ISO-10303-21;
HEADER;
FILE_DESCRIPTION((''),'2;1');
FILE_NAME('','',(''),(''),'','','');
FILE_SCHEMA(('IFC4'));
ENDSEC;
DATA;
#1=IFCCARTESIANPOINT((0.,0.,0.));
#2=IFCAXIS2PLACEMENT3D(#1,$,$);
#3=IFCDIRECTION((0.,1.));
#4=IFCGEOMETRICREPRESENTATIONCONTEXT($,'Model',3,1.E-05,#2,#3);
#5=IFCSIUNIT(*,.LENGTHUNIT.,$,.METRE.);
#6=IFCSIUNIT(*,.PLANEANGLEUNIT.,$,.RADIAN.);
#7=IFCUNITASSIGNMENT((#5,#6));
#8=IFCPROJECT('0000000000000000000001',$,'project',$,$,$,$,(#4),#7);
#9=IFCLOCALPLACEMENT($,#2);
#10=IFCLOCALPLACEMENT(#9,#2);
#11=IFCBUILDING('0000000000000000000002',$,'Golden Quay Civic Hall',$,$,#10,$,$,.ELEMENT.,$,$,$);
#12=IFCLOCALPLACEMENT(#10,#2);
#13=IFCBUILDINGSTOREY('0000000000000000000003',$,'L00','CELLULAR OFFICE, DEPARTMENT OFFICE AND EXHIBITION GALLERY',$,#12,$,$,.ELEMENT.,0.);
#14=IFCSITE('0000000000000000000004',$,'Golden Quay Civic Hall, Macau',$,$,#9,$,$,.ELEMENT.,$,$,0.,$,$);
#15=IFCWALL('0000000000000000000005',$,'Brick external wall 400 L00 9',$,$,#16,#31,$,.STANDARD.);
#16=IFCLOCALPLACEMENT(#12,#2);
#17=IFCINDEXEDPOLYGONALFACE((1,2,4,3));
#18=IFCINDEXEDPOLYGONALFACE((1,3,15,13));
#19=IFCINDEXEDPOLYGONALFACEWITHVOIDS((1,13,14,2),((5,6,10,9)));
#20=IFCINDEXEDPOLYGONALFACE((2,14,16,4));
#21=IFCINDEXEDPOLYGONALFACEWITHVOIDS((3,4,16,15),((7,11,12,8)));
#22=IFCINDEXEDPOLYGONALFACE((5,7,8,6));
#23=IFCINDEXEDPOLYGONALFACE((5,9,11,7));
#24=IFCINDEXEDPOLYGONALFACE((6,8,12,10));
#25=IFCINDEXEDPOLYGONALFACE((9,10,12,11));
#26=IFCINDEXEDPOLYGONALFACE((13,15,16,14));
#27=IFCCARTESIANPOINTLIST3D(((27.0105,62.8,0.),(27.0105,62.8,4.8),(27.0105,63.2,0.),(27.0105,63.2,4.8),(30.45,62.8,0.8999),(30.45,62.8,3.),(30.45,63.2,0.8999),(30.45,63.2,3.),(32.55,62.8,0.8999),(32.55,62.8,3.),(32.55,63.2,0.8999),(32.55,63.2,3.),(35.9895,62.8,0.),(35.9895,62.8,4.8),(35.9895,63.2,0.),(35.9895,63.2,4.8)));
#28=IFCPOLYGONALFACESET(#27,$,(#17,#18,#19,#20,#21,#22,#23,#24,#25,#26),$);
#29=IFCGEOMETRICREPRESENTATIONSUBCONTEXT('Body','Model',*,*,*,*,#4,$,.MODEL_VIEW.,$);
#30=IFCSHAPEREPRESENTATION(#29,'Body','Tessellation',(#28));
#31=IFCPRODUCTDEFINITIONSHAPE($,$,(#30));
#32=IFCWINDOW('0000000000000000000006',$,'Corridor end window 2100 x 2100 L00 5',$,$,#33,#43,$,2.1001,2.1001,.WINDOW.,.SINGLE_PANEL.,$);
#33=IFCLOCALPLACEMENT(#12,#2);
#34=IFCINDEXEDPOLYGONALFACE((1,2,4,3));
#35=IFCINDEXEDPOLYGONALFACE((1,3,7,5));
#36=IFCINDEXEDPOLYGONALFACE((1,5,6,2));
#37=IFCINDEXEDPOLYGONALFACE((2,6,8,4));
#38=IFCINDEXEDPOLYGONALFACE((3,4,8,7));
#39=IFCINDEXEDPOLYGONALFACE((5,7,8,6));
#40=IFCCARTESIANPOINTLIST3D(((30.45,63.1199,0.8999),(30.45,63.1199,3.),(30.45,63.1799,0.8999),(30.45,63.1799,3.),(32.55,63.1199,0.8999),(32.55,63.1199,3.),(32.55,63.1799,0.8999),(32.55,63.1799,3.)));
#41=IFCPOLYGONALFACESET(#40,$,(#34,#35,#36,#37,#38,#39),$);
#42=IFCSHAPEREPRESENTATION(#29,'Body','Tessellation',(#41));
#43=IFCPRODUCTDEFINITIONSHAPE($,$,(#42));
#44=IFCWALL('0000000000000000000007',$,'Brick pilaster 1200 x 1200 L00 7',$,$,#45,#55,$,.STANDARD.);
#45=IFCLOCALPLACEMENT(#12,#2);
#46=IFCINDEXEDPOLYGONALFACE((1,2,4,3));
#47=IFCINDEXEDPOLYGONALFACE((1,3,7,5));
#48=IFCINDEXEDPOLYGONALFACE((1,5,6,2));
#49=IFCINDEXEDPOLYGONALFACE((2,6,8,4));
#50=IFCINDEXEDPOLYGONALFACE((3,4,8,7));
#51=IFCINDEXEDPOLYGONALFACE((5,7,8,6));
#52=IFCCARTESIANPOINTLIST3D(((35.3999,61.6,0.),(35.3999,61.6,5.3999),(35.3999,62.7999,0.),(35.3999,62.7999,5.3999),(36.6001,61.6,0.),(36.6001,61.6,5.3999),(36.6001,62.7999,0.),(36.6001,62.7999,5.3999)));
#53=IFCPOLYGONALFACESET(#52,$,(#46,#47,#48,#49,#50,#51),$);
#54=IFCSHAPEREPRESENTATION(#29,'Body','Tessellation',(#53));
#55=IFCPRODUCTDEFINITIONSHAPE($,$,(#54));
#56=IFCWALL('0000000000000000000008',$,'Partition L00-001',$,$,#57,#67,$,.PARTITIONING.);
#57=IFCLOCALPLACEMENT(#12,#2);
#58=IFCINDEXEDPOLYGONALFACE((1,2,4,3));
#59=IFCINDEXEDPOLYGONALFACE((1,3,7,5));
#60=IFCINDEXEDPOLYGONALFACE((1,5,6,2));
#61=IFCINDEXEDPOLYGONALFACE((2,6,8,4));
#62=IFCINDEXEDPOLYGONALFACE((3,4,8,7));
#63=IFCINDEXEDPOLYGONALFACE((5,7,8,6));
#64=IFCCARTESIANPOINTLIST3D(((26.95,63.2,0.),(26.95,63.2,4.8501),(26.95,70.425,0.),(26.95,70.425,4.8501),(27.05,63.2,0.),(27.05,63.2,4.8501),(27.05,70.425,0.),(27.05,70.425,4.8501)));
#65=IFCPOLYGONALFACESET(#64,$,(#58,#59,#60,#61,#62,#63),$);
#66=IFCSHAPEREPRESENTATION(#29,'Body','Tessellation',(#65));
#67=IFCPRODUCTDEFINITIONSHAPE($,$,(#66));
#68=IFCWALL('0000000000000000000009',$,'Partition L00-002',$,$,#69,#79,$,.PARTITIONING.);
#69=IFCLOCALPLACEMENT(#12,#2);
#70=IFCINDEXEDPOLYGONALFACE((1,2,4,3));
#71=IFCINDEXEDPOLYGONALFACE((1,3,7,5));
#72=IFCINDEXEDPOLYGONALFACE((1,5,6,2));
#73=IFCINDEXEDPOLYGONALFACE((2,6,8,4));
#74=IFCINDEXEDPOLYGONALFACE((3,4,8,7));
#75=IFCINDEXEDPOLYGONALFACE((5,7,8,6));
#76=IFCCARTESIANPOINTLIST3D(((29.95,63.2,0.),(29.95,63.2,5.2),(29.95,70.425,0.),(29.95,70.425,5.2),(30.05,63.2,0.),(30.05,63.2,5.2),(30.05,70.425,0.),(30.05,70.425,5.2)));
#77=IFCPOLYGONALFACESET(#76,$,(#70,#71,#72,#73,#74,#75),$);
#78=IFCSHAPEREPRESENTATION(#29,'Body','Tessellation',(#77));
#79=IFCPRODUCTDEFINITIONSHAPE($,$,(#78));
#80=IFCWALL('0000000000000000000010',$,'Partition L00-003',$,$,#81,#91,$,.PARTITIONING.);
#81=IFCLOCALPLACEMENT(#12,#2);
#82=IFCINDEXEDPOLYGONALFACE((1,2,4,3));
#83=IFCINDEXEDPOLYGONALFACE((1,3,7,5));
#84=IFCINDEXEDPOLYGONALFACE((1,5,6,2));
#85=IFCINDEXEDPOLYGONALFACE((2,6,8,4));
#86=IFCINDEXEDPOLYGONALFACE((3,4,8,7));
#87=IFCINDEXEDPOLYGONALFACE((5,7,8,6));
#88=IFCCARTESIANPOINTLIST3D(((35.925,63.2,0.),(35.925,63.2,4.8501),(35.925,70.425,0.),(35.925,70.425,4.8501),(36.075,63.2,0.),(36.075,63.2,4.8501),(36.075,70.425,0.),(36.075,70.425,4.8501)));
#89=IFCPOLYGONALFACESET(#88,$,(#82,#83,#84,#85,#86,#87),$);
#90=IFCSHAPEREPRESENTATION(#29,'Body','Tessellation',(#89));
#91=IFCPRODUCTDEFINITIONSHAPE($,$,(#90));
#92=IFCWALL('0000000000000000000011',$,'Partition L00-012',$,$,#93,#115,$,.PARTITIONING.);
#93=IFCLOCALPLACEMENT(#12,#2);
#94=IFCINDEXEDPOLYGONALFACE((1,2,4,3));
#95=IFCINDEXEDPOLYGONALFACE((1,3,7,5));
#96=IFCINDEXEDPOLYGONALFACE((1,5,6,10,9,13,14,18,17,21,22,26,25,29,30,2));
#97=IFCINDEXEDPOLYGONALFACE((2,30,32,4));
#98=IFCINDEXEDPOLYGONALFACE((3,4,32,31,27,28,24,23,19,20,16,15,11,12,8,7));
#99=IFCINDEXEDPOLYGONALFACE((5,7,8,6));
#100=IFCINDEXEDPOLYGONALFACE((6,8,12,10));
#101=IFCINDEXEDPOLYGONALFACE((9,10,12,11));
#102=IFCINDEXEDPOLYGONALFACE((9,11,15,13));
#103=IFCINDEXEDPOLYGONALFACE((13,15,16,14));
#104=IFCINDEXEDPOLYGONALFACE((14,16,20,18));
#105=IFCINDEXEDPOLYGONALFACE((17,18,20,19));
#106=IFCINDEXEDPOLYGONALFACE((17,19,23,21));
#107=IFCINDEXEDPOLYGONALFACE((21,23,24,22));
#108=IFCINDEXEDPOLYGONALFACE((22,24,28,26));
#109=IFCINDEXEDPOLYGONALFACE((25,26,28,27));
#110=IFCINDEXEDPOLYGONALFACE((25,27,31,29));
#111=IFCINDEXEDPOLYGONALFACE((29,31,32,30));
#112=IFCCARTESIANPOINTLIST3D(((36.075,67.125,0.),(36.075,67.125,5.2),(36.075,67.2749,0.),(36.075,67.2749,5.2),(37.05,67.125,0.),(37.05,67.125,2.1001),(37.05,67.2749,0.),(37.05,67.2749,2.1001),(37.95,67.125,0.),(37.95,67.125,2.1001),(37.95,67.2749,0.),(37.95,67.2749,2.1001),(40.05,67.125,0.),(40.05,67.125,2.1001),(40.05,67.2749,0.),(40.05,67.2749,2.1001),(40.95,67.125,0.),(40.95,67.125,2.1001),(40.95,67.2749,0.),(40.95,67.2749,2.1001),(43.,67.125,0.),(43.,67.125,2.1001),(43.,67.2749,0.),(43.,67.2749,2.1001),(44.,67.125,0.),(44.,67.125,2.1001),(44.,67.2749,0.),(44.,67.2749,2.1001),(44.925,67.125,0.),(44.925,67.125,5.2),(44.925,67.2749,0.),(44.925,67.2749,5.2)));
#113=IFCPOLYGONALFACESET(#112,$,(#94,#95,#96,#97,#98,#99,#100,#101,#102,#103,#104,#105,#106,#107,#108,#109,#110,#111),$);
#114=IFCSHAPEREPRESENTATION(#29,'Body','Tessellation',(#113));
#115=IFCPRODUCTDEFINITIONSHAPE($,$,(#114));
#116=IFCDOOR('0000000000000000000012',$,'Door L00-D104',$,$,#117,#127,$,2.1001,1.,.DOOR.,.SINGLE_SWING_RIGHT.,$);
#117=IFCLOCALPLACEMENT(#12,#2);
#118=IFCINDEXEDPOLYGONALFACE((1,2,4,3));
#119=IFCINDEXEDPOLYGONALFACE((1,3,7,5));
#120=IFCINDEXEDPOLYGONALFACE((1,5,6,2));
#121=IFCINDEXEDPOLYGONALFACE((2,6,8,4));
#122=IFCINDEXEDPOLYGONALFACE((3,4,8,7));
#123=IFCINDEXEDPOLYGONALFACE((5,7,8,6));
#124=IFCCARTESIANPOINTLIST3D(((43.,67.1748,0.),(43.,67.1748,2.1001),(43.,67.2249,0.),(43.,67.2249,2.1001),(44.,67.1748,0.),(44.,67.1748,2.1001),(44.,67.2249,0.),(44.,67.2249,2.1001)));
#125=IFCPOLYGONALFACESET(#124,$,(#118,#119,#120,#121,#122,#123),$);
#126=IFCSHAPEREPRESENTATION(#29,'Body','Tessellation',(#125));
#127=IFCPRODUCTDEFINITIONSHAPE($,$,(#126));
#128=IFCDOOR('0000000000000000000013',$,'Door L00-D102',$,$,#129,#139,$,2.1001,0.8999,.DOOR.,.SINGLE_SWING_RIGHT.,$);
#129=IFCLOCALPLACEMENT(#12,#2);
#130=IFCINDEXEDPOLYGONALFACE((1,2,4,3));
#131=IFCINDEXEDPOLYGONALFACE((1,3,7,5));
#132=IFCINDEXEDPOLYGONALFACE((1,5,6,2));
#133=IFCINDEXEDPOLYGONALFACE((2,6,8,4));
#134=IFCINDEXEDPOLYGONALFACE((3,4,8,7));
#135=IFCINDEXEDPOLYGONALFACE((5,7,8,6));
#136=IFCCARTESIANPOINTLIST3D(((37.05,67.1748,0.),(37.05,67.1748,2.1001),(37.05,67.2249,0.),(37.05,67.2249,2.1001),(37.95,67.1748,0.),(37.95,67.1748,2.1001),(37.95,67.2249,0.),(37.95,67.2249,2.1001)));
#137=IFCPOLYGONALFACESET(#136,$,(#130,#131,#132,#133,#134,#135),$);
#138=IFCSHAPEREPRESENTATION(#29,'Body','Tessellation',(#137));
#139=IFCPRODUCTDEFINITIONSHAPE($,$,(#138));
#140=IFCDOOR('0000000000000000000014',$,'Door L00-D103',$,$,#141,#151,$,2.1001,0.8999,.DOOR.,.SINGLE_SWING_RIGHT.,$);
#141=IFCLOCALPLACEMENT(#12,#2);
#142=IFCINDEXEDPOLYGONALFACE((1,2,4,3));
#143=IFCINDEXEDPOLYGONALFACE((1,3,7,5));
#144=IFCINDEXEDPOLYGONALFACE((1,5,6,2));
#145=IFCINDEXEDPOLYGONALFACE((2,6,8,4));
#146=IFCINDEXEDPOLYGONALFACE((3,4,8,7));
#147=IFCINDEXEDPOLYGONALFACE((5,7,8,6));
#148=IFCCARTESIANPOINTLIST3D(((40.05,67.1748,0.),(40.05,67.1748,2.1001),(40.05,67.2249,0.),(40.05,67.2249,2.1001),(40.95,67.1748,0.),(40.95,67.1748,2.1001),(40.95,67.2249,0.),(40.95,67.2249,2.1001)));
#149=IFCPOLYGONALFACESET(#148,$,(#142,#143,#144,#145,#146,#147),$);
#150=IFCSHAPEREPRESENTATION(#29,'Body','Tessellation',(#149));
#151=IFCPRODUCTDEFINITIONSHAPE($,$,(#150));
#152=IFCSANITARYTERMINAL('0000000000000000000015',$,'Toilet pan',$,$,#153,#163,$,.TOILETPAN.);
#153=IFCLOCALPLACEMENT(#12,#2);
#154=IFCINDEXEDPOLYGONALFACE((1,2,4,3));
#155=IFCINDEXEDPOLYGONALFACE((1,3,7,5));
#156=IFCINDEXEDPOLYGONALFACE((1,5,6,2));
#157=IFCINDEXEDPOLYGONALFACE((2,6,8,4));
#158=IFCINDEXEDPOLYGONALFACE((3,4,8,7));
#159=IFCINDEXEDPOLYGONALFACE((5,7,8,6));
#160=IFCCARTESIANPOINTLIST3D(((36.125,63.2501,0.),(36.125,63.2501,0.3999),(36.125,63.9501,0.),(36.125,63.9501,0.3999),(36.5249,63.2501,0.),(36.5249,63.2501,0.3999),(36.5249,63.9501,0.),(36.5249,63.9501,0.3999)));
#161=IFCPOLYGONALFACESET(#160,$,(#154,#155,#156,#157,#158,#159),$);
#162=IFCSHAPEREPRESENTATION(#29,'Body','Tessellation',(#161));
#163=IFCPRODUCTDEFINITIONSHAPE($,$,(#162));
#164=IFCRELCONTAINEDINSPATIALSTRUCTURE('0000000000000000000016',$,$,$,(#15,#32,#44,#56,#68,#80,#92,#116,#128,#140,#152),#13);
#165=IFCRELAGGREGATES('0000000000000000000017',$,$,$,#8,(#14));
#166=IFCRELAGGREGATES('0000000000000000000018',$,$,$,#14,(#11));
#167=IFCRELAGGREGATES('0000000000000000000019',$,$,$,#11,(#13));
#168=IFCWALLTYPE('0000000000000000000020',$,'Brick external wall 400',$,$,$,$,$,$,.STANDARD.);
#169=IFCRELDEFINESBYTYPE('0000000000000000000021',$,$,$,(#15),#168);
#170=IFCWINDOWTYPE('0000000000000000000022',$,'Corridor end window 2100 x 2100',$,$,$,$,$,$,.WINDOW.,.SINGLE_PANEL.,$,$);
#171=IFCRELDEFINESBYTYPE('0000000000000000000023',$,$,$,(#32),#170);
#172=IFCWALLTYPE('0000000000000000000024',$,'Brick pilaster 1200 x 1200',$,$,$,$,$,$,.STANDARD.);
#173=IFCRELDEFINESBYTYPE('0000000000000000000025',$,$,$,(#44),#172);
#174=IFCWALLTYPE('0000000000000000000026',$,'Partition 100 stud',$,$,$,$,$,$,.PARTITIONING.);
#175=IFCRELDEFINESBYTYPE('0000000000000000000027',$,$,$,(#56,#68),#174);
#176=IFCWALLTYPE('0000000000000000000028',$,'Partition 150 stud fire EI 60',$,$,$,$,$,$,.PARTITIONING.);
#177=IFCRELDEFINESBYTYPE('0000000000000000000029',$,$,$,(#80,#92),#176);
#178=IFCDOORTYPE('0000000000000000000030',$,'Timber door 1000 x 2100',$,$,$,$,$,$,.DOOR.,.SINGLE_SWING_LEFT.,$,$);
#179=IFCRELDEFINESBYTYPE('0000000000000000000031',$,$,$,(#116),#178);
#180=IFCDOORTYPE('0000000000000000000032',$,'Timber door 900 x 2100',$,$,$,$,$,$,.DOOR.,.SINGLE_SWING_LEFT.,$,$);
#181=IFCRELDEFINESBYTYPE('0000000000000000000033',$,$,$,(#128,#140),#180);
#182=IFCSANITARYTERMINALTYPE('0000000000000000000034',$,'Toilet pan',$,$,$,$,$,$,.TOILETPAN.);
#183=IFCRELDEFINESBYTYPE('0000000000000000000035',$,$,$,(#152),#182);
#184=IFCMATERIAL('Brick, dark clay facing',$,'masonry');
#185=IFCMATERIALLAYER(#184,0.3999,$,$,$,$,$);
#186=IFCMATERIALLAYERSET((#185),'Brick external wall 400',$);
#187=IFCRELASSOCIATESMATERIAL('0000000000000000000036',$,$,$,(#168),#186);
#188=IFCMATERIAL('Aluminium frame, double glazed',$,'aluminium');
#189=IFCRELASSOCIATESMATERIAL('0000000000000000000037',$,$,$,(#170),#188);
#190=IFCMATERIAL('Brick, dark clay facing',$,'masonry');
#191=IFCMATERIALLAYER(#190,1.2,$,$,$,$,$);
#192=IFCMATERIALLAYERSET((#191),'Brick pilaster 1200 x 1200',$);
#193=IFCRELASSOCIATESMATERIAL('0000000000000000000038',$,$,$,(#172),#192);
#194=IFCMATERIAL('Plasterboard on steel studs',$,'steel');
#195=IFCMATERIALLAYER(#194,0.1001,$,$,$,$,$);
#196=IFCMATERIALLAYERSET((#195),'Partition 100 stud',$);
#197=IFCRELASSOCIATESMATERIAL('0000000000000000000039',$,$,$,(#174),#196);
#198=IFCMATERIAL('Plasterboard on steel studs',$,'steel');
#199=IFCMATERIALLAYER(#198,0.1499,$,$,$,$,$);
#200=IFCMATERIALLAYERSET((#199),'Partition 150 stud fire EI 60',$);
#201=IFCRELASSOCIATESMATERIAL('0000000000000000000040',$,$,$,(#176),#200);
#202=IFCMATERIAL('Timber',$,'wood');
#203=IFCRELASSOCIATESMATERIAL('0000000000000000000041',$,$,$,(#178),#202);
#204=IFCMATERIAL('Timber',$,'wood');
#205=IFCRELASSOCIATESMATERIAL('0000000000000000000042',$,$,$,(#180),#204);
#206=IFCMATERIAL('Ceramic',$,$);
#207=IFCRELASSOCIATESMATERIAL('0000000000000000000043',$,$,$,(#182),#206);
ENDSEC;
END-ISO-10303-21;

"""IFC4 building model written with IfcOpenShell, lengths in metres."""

from ifc_helpers import new_model, si_unit, direction, frame, frame_2d, origin, origin_2d, place, context, subcontext, project, spatial, rectangle, extrude, material, layer, layer_set, type_object, element, fill, save


model = new_model("IFC4")

# Units and contexts
model_context = context("Model", 3, precision=1e-05, world=origin(), true_north=direction((0.0, 1.0)))
body_context = subcontext(model_context, "Body", "Model", "MODEL_VIEW")
ifc_project = project(units=[si_unit("LENGTHUNIT", "METRE"), si_unit("PLANEANGLEUNIT", "RADIAN")], contexts=[model_context])

# Site, building, storey
site_placement = place(None, origin())
site = spatial("IfcSite", under=ifc_project, at=site_placement, Name="Golden Quay Civic Hall, Macau", CompositionType="ELEMENT", RefElevation=0.0)
building_placement = place(site_placement, origin())
building = spatial("IfcBuilding", under=site, at=building_placement, Name="Golden Quay Civic Hall", CompositionType="ELEMENT")
storey_placement = place(building_placement, origin())
storey = spatial("IfcBuildingStorey", under=building, at=storey_placement, Name="L00", Description="CELLULAR OFFICE, DEPARTMENT OFFICE AND EXHIBITION GALLERY", CompositionType="ELEMENT", Elevation=0.0)

# Shared definitions
ifc_material_1 = material(Name="Brick, dark clay facing", Category="masonry")
ifc_layer_1 = layer(ifc_material_1, 0.3999)
ifc_layer_set_1 = layer_set([ifc_layer_1], Name="Brick external wall 400")
wall_type_1 = type_object("IfcWallType", Name="Brick external wall 400", PredefinedType="STANDARD", material=ifc_layer_set_1)

# Wall, opening, window
wall_1_placement = place(storey_placement, frame((35.9895, 63.0, 0.0), z_axis=(0.0, 0.0, 1.0), x_axis=(-1.0, 0.0, 0.0)))
wall_1 = element("IfcWall", 1, at=wall_1_placement, inside=storey, type_object=wall_type_1, Name="Brick external wall 400 L00 9", PredefinedType="STANDARD", context=body_context, shape_type="SweptSolid", body=[
    extrude(rectangle(XDim=8.979, YDim=0.3999, at=frame_2d((4.4895, 0.0))), origin(), (0.0, 0.0, 1.0), 4.8),
])
opening_1_placement = place(wall_1_placement, frame((3.4395, 0.0, 0.8999)))
opening_1 = element("IfcOpeningElement", 2, at=opening_1_placement, cuts=wall_1, PredefinedType="OPENING", context=body_context, shape_type="SweptSolid", body=[
    extrude(rectangle(XDim=2.1001, YDim=2.1001, at=frame_2d((1.05, 1.05))), frame((0.0, 0.21, 0.0), z_axis=(0.0, -1.0, 0.0), x_axis=(1.0, 0.0, 0.0)), (0.0, 0.0, 1.0), 0.4199),
])
ifc_material_2 = material(Name="Aluminium frame, double glazed", Category="aluminium")
window_type_1 = type_object("IfcWindowType", Name="Corridor end window 2100 x 2100", PartitioningType="SINGLE_PANEL", PredefinedType="WINDOW", material=ifc_material_2)
window_1_placement = place(opening_1_placement, origin())
window_1 = element("IfcWindow", 3, at=window_1_placement, inside=storey, type_object=window_type_1, Name="Corridor end window 2100 x 2100 L00 5", OverallHeight=2.1001, OverallWidth=2.1001, PartitioningType="SINGLE_PANEL", PredefinedType="WINDOW", context=body_context, shape_type="SweptSolid", body=[
    extrude(rectangle(XDim=2.1001, YDim=2.1001, at=frame_2d((1.05, 1.05))), frame((0.0, -0.1199, 0.0), z_axis=(0.0, -1.0, 0.0), x_axis=(1.0, 0.0, 0.0)), (0.0, 0.0, 1.0), 0.0601),
])
fill(opening_1, window_1)

# Walls
ifc_material_3 = material(Name="Brick, dark clay facing", Category="masonry")
ifc_layer_2 = layer(ifc_material_3, 1.2)
ifc_layer_set_2 = layer_set([ifc_layer_2], Name="Brick pilaster 1200 x 1200")
wall_type_2 = type_object("IfcWallType", Name="Brick pilaster 1200 x 1200", PredefinedType="STANDARD", material=ifc_layer_set_2)
wall_2_placement = place(storey_placement, frame((35.3999, 62.2, 0.0), z_axis=(0.0, 0.0, 1.0), x_axis=(1.0, 0.0, 0.0)))
element("IfcWall", 4, at=wall_2_placement, inside=storey, type_object=wall_type_2, Name="Brick pilaster 1200 x 1200 L00 7", PredefinedType="STANDARD", context=body_context, shape_type="SweptSolid", body=[
    extrude(rectangle(XDim=1.2002, YDim=1.2, at=frame_2d((0.6001, 0.0))), origin(), (0.0, 0.0, 1.0), 5.3999),
])
ifc_material_4 = material(Name="Plasterboard on steel studs", Category="steel")
ifc_layer_3 = layer(ifc_material_4, 0.1001)
ifc_layer_set_3 = layer_set([ifc_layer_3], Name="Partition 100 stud")
wall_type_3 = type_object("IfcWallType", Name="Partition 100 stud", PredefinedType="PARTITIONING", material=ifc_layer_set_3)
wall_3_placement = place(storey_placement, frame((27.0, 63.2, 0.0), z_axis=(0.0, 0.0, 1.0), x_axis=(0.0, 1.0, 0.0)))
element("IfcWall", 5, at=wall_3_placement, inside=storey, type_object=wall_type_3, Name="Partition L00-001", PredefinedType="PARTITIONING", context=body_context, shape_type="SweptSolid", body=[
    extrude(rectangle(XDim=7.2251, YDim=0.1001, at=frame_2d((3.6125, 0.0))), origin(), (0.0, 0.0, 1.0), 4.8501),
])
wall_4_placement = place(storey_placement, frame((30.0, 63.2, 0.0), z_axis=(0.0, 0.0, 1.0), x_axis=(0.0, 1.0, 0.0)))
element("IfcWall", 6, at=wall_4_placement, inside=storey, type_object=wall_type_3, Name="Partition L00-002", PredefinedType="PARTITIONING", context=body_context, shape_type="SweptSolid", body=[
    extrude(rectangle(XDim=7.2251, YDim=0.1001, at=frame_2d((3.6125, 0.0))), origin(), (0.0, 0.0, 1.0), 5.2),
])
ifc_material_5 = material(Name="Plasterboard on steel studs", Category="steel")
ifc_layer_4 = layer(ifc_material_5, 0.1499)
ifc_layer_set_4 = layer_set([ifc_layer_4], Name="Partition 150 stud fire EI 60")
wall_type_4 = type_object("IfcWallType", Name="Partition 150 stud fire EI 60", PredefinedType="PARTITIONING", material=ifc_layer_set_4)
wall_5_placement = place(storey_placement, frame((36.0, 63.2, 0.0), z_axis=(0.0, 0.0, 1.0), x_axis=(0.0, 1.0, 0.0)))
element("IfcWall", 7, at=wall_5_placement, inside=storey, type_object=wall_type_4, Name="Partition L00-003", PredefinedType="PARTITIONING", context=body_context, shape_type="SweptSolid", body=[
    extrude(rectangle(XDim=7.2251, YDim=0.1499, at=frame_2d((3.6125, 0.0))), origin(), (0.0, 0.0, 1.0), 4.8501),
])

# Wall, openings, doors
wall_6_placement = place(storey_placement, frame((36.075, 67.2, 0.0), z_axis=(0.0, 0.0, 1.0), x_axis=(1.0, 0.0, 0.0)))
wall_6 = element("IfcWall", 8, at=wall_6_placement, inside=storey, type_object=wall_type_4, Name="Partition L00-012", PredefinedType="PARTITIONING", context=body_context, shape_type="SweptSolid", body=[
    extrude(rectangle(XDim=8.8501, YDim=0.1499, at=frame_2d((4.425, 0.0))), origin(), (0.0, 0.0, 1.0), 5.2),
])
opening_2_placement = place(wall_6_placement, frame((0.9751, 0.0, 0.0)))
opening_2 = element("IfcOpeningElement", 9, at=opening_2_placement, cuts=wall_6, PredefinedType="OPENING", context=body_context, shape_type="SweptSolid", body=[
    extrude(rectangle(XDim=0.8999, YDim=2.1001, at=frame_2d((0.45, 1.05))), frame((0.0, 0.085, 0.0), z_axis=(0.0, -1.0, 0.0), x_axis=(1.0, 0.0, 0.0)), (0.0, 0.0, 1.0), 0.1699),
])
opening_3_placement = place(wall_6_placement, frame((3.9751, 0.0, 0.0)))
opening_3 = element("IfcOpeningElement", 10, at=opening_3_placement, cuts=wall_6, PredefinedType="OPENING", context=body_context, shape_type="SweptSolid", body=[
    extrude(rectangle(XDim=0.8999, YDim=2.1001, at=frame_2d((0.45, 1.05))), frame((0.0, 0.085, 0.0), z_axis=(0.0, -1.0, 0.0), x_axis=(1.0, 0.0, 0.0)), (0.0, 0.0, 1.0), 0.1699),
])
opening_4_placement = place(wall_6_placement, frame((6.925, 0.0, 0.0)))
opening_4 = element("IfcOpeningElement", 11, at=opening_4_placement, cuts=wall_6, PredefinedType="OPENING", context=body_context, shape_type="SweptSolid", body=[
    extrude(rectangle(XDim=1.0, YDim=2.1001, at=frame_2d((0.5, 1.05))), frame((0.0, 0.085, 0.0), z_axis=(0.0, -1.0, 0.0), x_axis=(1.0, 0.0, 0.0)), (0.0, 0.0, 1.0), 0.1699),
])
ifc_material_6 = material(Name="Timber", Category="wood")
door_type_1 = type_object("IfcDoorType", Name="Timber door 1000 x 2100", OperationType="SINGLE_SWING_LEFT", PredefinedType="DOOR", material=ifc_material_6)
door_1_placement = place(opening_4_placement, frame((1.0, 0.0, 0.0), z_axis=(0.0, 0.0, 1.0), x_axis=(-1.0, 0.0, 0.0)))
door_1 = element("IfcDoor", 12, at=door_1_placement, inside=storey, type_object=door_type_1, Name="Door L00-D104", OperationType="SINGLE_SWING_RIGHT", OverallHeight=2.1001, OverallWidth=1.0, PredefinedType="DOOR", context=body_context, shape_type="SweptSolid", body=[
    extrude(rectangle(XDim=1.0, YDim=2.1001, at=frame_2d((0.5, 1.05))), frame((0.0, 0.0251, 0.0), z_axis=(0.0, -1.0, 0.0), x_axis=(1.0, 0.0, 0.0)), (0.0, 0.0, 1.0), 0.05),
])
fill(opening_4, door_1)
ifc_material_7 = material(Name="Timber", Category="wood")
door_type_2 = type_object("IfcDoorType", Name="Timber door 900 x 2100", OperationType="SINGLE_SWING_LEFT", PredefinedType="DOOR", material=ifc_material_7)
door_2_placement = place(opening_2_placement, frame((0.8999, 0.0, 0.0), z_axis=(0.0, 0.0, 1.0), x_axis=(-1.0, 0.0, 0.0)))
door_2 = element("IfcDoor", 13, at=door_2_placement, inside=storey, type_object=door_type_2, Name="Door L00-D102", OperationType="SINGLE_SWING_RIGHT", OverallHeight=2.1001, OverallWidth=0.8999, PredefinedType="DOOR", context=body_context, shape_type="SweptSolid", body=[
    extrude(rectangle(XDim=0.8999, YDim=2.1001, at=frame_2d((0.45, 1.05))), frame((0.0, 0.0251, 0.0), z_axis=(0.0, -1.0, 0.0), x_axis=(1.0, 0.0, 0.0)), (0.0, 0.0, 1.0), 0.05),
])
fill(opening_2, door_2)
door_3_placement = place(opening_3_placement, frame((0.8999, 0.0, 0.0), z_axis=(0.0, 0.0, 1.0), x_axis=(-1.0, 0.0, 0.0)))
door_3 = element("IfcDoor", 14, at=door_3_placement, inside=storey, type_object=door_type_2, Name="Door L00-D103", OperationType="SINGLE_SWING_RIGHT", OverallHeight=2.1001, OverallWidth=0.8999, PredefinedType="DOOR", context=body_context, shape_type="SweptSolid", body=[
    extrude(rectangle(XDim=0.8999, YDim=2.1001, at=frame_2d((0.45, 1.05))), frame((0.0, 0.0251, 0.0), z_axis=(0.0, -1.0, 0.0), x_axis=(1.0, 0.0, 0.0)), (0.0, 0.0, 1.0), 0.05),
])
fill(opening_3, door_3)

# Sanitary terminal
ifc_material_8 = material(Name="Ceramic")
sanitary_terminal_type_1 = type_object("IfcSanitaryTerminalType", Name="Toilet pan", PredefinedType="TOILETPAN", material=ifc_material_8)
for number, where, z_axis, x_axis, name in (
    (15, (36.325, 63.6001, 0.0), (0.0, 0.0, 1.0), (1.0, 0.0, 0.0), "Toilet pan"),
):
    element("IfcSanitaryTerminal", number, at=place(storey_placement, frame(where, z_axis=z_axis, x_axis=x_axis)), inside=storey, type_object=sanitary_terminal_type_1, Name=name, PredefinedType="TOILETPAN", context=body_context, shape_type="SweptSolid", body=[
        extrude(rectangle(XDim=0.3999, YDim=0.7, at=origin_2d()), origin(), (0.0, 0.0, 1.0), 0.3999),
    ])

save(model, "model.ifc")
